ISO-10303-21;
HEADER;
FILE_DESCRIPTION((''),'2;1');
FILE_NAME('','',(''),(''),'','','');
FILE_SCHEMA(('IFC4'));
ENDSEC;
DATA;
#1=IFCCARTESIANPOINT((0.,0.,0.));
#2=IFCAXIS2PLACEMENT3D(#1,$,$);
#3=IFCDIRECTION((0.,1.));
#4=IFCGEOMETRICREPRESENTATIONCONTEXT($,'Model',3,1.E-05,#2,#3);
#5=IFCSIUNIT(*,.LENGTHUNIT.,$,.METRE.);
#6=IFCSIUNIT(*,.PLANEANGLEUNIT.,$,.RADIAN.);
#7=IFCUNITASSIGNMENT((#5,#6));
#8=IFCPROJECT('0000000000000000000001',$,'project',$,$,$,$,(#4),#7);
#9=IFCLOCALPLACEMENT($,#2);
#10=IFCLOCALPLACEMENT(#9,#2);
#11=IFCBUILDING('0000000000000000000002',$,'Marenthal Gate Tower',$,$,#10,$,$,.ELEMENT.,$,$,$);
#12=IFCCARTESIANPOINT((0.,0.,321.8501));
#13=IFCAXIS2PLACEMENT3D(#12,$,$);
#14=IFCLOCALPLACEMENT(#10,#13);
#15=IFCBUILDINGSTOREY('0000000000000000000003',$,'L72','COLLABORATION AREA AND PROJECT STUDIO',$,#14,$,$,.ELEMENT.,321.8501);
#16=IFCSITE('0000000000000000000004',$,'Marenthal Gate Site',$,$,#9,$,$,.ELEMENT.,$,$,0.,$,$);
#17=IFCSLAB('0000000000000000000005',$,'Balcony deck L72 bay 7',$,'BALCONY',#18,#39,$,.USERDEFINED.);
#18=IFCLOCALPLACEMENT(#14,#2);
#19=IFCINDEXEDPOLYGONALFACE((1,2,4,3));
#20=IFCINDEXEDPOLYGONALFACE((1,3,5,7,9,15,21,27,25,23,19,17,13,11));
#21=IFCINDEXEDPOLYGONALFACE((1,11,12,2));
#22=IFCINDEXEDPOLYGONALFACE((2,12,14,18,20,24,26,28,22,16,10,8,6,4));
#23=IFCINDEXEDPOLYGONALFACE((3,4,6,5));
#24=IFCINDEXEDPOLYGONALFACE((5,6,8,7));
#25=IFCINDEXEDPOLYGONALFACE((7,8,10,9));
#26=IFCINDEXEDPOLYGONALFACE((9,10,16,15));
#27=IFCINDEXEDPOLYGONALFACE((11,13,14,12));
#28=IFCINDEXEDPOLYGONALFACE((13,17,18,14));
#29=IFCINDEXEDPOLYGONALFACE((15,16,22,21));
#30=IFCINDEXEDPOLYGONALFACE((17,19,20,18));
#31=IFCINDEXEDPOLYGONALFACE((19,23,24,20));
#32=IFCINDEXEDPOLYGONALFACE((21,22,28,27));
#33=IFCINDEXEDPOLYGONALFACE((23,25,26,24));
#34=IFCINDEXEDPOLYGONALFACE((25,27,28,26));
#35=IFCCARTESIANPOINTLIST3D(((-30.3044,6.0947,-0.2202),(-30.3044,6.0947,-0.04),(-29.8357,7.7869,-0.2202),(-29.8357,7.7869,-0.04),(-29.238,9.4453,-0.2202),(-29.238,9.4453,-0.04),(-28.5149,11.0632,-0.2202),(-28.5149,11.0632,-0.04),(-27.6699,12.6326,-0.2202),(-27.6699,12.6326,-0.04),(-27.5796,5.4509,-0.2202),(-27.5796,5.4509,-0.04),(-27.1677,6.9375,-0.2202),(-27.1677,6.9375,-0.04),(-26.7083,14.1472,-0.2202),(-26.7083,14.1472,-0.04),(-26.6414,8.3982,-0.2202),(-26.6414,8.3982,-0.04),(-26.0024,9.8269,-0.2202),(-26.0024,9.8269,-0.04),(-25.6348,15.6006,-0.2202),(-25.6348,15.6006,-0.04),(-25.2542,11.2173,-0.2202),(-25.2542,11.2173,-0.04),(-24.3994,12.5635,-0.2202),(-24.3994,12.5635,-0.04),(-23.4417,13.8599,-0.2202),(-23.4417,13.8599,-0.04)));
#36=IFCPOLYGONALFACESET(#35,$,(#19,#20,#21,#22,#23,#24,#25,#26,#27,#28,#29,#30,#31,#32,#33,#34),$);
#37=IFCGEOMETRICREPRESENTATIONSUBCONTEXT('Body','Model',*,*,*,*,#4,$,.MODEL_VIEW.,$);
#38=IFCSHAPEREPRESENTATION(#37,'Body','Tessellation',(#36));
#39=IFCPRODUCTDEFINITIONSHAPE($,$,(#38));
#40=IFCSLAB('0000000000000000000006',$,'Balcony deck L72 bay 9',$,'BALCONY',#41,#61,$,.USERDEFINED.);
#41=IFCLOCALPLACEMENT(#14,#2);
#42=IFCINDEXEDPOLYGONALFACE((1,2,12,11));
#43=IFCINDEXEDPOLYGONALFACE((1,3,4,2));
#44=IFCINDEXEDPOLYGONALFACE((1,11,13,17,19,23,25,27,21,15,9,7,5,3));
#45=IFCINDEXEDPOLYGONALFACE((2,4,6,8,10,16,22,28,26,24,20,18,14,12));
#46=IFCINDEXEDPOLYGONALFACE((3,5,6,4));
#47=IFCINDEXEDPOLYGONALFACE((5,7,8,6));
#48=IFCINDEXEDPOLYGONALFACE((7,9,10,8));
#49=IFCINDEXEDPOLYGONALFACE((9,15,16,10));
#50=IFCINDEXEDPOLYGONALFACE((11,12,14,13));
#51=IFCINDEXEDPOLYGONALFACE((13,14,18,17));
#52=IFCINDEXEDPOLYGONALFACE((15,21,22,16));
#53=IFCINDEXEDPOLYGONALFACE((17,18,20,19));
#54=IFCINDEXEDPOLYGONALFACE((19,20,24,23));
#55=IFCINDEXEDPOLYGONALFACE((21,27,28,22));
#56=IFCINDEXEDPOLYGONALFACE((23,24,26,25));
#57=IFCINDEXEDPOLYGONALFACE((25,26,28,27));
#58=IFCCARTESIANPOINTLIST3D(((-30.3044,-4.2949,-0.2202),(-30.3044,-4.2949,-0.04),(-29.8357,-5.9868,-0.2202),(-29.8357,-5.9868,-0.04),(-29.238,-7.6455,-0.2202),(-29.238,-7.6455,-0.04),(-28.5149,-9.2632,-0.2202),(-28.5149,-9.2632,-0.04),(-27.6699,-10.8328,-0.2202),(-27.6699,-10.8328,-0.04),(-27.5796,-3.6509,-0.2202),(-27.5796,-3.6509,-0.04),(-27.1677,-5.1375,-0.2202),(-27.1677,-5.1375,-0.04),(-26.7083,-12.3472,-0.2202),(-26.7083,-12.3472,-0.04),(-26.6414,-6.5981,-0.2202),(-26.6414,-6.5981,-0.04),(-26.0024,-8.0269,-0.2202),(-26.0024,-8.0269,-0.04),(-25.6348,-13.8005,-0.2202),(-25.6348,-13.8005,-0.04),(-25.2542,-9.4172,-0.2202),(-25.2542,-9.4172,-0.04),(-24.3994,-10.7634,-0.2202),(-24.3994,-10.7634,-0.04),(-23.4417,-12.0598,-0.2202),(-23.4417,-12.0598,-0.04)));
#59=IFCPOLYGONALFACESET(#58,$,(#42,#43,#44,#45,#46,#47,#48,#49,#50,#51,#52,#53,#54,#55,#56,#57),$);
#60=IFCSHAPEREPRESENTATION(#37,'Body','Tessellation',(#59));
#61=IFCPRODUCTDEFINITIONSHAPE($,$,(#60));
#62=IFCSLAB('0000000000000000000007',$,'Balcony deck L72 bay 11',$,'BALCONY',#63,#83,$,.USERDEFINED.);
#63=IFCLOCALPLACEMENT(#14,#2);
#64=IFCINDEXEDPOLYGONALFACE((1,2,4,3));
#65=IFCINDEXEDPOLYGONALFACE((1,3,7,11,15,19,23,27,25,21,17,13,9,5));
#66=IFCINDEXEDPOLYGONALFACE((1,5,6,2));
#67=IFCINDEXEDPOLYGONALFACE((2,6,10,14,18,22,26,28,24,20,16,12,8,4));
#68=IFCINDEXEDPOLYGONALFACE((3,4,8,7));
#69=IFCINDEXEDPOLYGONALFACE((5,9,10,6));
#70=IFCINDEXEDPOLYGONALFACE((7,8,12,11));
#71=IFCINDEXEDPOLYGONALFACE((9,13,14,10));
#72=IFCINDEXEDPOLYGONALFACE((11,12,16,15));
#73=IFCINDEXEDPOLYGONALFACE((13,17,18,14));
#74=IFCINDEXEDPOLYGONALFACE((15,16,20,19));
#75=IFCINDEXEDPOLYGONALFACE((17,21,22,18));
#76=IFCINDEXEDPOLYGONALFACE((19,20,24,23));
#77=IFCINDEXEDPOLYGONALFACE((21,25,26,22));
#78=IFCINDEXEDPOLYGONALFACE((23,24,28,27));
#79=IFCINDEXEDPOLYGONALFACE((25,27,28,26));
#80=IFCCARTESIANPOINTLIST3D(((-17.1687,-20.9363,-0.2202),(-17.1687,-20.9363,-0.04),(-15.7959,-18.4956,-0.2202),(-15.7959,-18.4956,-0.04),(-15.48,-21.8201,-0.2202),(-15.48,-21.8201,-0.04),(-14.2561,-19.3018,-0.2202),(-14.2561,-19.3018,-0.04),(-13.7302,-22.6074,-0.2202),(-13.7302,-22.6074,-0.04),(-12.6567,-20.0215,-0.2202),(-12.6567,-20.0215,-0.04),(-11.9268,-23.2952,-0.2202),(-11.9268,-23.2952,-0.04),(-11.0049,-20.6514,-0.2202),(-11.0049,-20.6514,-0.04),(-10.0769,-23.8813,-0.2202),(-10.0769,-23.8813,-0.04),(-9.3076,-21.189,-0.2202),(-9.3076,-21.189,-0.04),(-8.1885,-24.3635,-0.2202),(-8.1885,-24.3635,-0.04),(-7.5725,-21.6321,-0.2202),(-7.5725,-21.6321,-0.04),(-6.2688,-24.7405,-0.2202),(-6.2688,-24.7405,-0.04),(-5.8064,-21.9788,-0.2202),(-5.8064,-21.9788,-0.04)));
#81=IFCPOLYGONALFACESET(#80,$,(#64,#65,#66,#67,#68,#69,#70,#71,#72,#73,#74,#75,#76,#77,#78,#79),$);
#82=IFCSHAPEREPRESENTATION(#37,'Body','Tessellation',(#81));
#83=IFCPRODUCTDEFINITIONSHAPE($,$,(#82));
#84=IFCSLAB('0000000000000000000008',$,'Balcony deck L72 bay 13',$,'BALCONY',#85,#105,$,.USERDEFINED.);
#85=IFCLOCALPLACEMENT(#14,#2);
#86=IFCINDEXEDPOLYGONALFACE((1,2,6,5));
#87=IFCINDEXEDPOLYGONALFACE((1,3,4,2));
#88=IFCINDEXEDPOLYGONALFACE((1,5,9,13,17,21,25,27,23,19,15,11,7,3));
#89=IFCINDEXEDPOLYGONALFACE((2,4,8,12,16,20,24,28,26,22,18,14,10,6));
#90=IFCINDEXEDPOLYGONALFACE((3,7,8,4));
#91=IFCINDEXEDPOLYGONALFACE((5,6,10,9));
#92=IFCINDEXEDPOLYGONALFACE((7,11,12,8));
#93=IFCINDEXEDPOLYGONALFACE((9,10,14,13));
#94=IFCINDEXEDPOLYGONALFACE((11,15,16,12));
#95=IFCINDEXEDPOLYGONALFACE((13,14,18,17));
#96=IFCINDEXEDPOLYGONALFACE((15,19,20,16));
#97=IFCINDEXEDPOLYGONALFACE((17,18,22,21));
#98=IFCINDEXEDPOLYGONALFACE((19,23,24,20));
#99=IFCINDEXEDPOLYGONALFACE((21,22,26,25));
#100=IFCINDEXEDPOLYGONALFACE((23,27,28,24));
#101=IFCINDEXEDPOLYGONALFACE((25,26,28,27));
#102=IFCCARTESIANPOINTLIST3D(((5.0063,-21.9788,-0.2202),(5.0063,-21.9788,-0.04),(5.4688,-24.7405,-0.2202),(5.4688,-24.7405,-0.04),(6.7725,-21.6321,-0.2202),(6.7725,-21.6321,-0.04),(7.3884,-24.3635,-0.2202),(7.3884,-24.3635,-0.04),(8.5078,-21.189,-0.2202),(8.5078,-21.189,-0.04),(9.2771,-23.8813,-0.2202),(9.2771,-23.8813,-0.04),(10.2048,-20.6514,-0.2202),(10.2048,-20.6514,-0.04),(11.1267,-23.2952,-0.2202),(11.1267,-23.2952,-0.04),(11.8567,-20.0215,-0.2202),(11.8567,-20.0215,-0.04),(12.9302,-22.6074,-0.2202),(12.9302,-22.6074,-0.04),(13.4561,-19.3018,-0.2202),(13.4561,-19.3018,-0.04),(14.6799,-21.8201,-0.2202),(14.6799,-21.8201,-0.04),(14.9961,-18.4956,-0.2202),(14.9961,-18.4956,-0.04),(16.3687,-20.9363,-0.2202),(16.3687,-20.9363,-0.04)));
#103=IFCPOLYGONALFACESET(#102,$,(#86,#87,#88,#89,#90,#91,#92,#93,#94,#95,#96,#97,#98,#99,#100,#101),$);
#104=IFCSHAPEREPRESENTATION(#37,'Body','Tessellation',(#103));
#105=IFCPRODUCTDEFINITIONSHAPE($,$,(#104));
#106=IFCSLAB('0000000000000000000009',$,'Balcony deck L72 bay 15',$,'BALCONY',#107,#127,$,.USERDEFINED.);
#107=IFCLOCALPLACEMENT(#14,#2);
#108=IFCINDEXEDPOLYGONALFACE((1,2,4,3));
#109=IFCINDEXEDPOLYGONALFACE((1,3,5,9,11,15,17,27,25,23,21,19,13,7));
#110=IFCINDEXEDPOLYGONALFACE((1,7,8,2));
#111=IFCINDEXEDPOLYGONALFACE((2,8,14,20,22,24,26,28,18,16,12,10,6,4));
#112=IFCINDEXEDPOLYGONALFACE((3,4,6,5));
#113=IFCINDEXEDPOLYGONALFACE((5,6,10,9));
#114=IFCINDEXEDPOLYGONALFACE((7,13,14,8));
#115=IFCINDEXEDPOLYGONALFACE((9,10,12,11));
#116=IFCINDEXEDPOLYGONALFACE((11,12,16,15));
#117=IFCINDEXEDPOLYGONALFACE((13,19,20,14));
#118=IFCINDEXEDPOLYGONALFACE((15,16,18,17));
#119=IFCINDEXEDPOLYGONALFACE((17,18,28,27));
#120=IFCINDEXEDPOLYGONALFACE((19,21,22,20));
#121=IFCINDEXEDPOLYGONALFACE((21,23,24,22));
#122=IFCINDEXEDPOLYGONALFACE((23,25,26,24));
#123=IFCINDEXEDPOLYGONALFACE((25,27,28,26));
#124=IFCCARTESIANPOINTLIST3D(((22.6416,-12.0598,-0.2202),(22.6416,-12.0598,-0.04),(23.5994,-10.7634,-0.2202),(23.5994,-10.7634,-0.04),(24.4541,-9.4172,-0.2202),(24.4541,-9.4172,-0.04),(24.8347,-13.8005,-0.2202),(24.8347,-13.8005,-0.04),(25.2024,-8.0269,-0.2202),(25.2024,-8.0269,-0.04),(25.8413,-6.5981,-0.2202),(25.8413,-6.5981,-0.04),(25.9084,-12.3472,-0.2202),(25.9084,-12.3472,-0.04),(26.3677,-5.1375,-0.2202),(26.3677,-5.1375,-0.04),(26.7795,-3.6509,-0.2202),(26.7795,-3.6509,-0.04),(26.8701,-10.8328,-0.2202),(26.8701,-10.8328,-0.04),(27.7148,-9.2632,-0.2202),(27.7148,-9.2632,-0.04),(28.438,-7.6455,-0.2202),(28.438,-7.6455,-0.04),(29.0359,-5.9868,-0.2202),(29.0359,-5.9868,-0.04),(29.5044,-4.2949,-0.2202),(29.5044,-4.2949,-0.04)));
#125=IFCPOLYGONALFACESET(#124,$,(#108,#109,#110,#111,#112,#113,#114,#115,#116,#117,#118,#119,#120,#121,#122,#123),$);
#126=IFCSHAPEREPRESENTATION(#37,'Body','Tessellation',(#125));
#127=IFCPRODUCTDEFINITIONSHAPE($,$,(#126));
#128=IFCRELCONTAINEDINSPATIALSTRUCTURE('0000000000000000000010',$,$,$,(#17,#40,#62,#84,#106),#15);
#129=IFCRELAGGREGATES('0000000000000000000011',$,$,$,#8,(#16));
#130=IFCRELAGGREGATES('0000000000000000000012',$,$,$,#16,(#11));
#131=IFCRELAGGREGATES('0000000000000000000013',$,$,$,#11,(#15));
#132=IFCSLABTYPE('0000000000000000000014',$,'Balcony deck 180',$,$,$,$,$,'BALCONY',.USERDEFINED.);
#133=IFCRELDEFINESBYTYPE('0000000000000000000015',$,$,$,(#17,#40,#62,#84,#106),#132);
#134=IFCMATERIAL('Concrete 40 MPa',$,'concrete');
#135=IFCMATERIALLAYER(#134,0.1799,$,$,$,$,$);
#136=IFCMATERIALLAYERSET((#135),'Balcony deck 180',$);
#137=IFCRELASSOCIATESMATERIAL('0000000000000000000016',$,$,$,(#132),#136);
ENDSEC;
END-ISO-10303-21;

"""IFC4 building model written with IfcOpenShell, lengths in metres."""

from ifc_helpers import new_model, si_unit, direction, frame, origin, place, context, subcontext, project, spatial, polyline, outline, extrude, material, layer, layer_set, type_object, element, save


model = new_model("IFC4")

# Units and contexts
model_context = context("Model", 3, precision=1e-05, world=origin(), true_north=direction((0.0, 1.0)))
body_context = subcontext(model_context, "Body", "Model", "MODEL_VIEW")
ifc_project = project(units=[si_unit("LENGTHUNIT", "METRE"), si_unit("PLANEANGLEUNIT", "RADIAN")], contexts=[model_context])

# Site, building, storey
site_placement = place(None, origin())
site = spatial("IfcSite", under=ifc_project, at=site_placement, Name="Marenthal Gate Site", CompositionType="ELEMENT", RefElevation=0.0)
building_placement = place(site_placement, origin())
building = spatial("IfcBuilding", under=site, at=building_placement, Name="Marenthal Gate Tower", CompositionType="ELEMENT")
storey_placement = place(building_placement, frame((0.0, 0.0, 321.8501)))
storey = spatial("IfcBuildingStorey", under=building, at=storey_placement, Name="L72", Description="COLLABORATION AREA AND PROJECT STUDIO", CompositionType="ELEMENT", Elevation=321.8501)

# Slabs
ifc_material_1 = material(Name="Concrete 40 MPa", Category="concrete")
ifc_layer_1 = layer(ifc_material_1, 0.1799)
ifc_layer_set_1 = layer_set([ifc_layer_1], Name="Balcony deck 180")
slab_type_1 = type_object("IfcSlabType", Name="Balcony deck 180", ElementType="BALCONY", PredefinedType="USERDEFINED", material=ifc_layer_set_1)
slab_1_placement = place(storey_placement, frame((0.0, 0.0, -0.2202)))
element("IfcSlab", 1, at=slab_1_placement, inside=storey, type_object=slab_type_1, Name="Balcony deck L72 bay 7", ObjectType="BALCONY", PredefinedType="USERDEFINED", context=body_context, shape_type="SweptSolid", body=[
    extrude(outline(polyline([(-23.4417, 13.8599), (-24.3994, 12.5635), (-25.2542, 11.2173), (-26.0024, 9.8269), (-26.6414, 8.3982), (-27.1677, 6.9375), (-27.5796, 5.4509), (-30.3044, 6.0947), (-29.8357, 7.7869), (-29.238, 9.4453), (-28.5149, 11.0632), (-27.6699, 12.6326), (-26.7083, 14.1472), (-25.6348, 15.6006), (-23.4417, 13.8599)])), origin(), (0.0, 0.0, 1.0), 0.1802),
])
slab_2_placement = place(storey_placement, frame((0.0, 0.0, -0.2202)))
element("IfcSlab", 2, at=slab_2_placement, inside=storey, type_object=slab_type_1, Name="Balcony deck L72 bay 9", ObjectType="BALCONY", PredefinedType="USERDEFINED", context=body_context, shape_type="SweptSolid", body=[
    extrude(outline(polyline([(-27.5796, -3.6509), (-27.1677, -5.1375), (-26.6414, -6.5981), (-26.0024, -8.0269), (-25.2542, -9.4172), (-24.3994, -10.7634), (-23.4417, -12.0598), (-25.6348, -13.8005), (-26.7083, -12.3472), (-27.6699, -10.8328), (-28.5149, -9.2632), (-29.238, -7.6455), (-29.8357, -5.9868), (-30.3044, -4.2949), (-27.5796, -3.6509)])), origin(), (0.0, 0.0, 1.0), 0.1802),
])
slab_3_placement = place(storey_placement, frame((0.0, 0.0, -0.2202)))
element("IfcSlab", 3, at=slab_3_placement, inside=storey, type_object=slab_type_1, Name="Balcony deck L72 bay 11", ObjectType="BALCONY", PredefinedType="USERDEFINED", context=body_context, shape_type="SweptSolid", body=[
    extrude(outline(polyline([(-15.7959, -18.4956), (-14.2561, -19.3018), (-12.6567, -20.0215), (-11.0049, -20.6514), (-9.3076, -21.189), (-7.5725, -21.6321), (-5.8064, -21.9788), (-6.2688, -24.7405), (-8.1885, -24.3635), (-10.0769, -23.8813), (-11.9268, -23.2952), (-13.7302, -22.6074), (-15.48, -21.8201), (-17.1687, -20.9363), (-15.7959, -18.4956)])), origin(), (0.0, 0.0, 1.0), 0.1802),
])
slab_4_placement = place(storey_placement, frame((0.0, 0.0, -0.2202)))
element("IfcSlab", 4, at=slab_4_placement, inside=storey, type_object=slab_type_1, Name="Balcony deck L72 bay 13", ObjectType="BALCONY", PredefinedType="USERDEFINED", context=body_context, shape_type="SweptSolid", body=[
    extrude(outline(polyline([(5.0063, -21.9788), (6.7725, -21.6321), (8.5078, -21.189), (10.2048, -20.6514), (11.8567, -20.0215), (13.4561, -19.3018), (14.9961, -18.4956), (16.3687, -20.9363), (14.6799, -21.8201), (12.9302, -22.6074), (11.1267, -23.2952), (9.2771, -23.8813), (7.3884, -24.3635), (5.4688, -24.7405), (5.0063, -21.9788)])), origin(), (0.0, 0.0, 1.0), 0.1802),
])
slab_5_placement = place(storey_placement, frame((0.0, 0.0, -0.2202)))
element("IfcSlab", 5, at=slab_5_placement, inside=storey, type_object=slab_type_1, Name="Balcony deck L72 bay 15", ObjectType="BALCONY", PredefinedType="USERDEFINED", context=body_context, shape_type="SweptSolid", body=[
    extrude(outline(polyline([(22.6416, -12.0598), (23.5994, -10.7634), (24.4541, -9.4172), (25.2024, -8.0269), (25.8413, -6.5981), (26.3677, -5.1375), (26.7795, -3.6509), (29.5044, -4.2949), (29.0359, -5.9868), (28.438, -7.6455), (27.7148, -9.2632), (26.8701, -10.8328), (25.9084, -12.3472), (24.8347, -13.8005), (22.6416, -12.0598)])), origin(), (0.0, 0.0, 1.0), 0.1802),
])

save(model, "model.ifc")
